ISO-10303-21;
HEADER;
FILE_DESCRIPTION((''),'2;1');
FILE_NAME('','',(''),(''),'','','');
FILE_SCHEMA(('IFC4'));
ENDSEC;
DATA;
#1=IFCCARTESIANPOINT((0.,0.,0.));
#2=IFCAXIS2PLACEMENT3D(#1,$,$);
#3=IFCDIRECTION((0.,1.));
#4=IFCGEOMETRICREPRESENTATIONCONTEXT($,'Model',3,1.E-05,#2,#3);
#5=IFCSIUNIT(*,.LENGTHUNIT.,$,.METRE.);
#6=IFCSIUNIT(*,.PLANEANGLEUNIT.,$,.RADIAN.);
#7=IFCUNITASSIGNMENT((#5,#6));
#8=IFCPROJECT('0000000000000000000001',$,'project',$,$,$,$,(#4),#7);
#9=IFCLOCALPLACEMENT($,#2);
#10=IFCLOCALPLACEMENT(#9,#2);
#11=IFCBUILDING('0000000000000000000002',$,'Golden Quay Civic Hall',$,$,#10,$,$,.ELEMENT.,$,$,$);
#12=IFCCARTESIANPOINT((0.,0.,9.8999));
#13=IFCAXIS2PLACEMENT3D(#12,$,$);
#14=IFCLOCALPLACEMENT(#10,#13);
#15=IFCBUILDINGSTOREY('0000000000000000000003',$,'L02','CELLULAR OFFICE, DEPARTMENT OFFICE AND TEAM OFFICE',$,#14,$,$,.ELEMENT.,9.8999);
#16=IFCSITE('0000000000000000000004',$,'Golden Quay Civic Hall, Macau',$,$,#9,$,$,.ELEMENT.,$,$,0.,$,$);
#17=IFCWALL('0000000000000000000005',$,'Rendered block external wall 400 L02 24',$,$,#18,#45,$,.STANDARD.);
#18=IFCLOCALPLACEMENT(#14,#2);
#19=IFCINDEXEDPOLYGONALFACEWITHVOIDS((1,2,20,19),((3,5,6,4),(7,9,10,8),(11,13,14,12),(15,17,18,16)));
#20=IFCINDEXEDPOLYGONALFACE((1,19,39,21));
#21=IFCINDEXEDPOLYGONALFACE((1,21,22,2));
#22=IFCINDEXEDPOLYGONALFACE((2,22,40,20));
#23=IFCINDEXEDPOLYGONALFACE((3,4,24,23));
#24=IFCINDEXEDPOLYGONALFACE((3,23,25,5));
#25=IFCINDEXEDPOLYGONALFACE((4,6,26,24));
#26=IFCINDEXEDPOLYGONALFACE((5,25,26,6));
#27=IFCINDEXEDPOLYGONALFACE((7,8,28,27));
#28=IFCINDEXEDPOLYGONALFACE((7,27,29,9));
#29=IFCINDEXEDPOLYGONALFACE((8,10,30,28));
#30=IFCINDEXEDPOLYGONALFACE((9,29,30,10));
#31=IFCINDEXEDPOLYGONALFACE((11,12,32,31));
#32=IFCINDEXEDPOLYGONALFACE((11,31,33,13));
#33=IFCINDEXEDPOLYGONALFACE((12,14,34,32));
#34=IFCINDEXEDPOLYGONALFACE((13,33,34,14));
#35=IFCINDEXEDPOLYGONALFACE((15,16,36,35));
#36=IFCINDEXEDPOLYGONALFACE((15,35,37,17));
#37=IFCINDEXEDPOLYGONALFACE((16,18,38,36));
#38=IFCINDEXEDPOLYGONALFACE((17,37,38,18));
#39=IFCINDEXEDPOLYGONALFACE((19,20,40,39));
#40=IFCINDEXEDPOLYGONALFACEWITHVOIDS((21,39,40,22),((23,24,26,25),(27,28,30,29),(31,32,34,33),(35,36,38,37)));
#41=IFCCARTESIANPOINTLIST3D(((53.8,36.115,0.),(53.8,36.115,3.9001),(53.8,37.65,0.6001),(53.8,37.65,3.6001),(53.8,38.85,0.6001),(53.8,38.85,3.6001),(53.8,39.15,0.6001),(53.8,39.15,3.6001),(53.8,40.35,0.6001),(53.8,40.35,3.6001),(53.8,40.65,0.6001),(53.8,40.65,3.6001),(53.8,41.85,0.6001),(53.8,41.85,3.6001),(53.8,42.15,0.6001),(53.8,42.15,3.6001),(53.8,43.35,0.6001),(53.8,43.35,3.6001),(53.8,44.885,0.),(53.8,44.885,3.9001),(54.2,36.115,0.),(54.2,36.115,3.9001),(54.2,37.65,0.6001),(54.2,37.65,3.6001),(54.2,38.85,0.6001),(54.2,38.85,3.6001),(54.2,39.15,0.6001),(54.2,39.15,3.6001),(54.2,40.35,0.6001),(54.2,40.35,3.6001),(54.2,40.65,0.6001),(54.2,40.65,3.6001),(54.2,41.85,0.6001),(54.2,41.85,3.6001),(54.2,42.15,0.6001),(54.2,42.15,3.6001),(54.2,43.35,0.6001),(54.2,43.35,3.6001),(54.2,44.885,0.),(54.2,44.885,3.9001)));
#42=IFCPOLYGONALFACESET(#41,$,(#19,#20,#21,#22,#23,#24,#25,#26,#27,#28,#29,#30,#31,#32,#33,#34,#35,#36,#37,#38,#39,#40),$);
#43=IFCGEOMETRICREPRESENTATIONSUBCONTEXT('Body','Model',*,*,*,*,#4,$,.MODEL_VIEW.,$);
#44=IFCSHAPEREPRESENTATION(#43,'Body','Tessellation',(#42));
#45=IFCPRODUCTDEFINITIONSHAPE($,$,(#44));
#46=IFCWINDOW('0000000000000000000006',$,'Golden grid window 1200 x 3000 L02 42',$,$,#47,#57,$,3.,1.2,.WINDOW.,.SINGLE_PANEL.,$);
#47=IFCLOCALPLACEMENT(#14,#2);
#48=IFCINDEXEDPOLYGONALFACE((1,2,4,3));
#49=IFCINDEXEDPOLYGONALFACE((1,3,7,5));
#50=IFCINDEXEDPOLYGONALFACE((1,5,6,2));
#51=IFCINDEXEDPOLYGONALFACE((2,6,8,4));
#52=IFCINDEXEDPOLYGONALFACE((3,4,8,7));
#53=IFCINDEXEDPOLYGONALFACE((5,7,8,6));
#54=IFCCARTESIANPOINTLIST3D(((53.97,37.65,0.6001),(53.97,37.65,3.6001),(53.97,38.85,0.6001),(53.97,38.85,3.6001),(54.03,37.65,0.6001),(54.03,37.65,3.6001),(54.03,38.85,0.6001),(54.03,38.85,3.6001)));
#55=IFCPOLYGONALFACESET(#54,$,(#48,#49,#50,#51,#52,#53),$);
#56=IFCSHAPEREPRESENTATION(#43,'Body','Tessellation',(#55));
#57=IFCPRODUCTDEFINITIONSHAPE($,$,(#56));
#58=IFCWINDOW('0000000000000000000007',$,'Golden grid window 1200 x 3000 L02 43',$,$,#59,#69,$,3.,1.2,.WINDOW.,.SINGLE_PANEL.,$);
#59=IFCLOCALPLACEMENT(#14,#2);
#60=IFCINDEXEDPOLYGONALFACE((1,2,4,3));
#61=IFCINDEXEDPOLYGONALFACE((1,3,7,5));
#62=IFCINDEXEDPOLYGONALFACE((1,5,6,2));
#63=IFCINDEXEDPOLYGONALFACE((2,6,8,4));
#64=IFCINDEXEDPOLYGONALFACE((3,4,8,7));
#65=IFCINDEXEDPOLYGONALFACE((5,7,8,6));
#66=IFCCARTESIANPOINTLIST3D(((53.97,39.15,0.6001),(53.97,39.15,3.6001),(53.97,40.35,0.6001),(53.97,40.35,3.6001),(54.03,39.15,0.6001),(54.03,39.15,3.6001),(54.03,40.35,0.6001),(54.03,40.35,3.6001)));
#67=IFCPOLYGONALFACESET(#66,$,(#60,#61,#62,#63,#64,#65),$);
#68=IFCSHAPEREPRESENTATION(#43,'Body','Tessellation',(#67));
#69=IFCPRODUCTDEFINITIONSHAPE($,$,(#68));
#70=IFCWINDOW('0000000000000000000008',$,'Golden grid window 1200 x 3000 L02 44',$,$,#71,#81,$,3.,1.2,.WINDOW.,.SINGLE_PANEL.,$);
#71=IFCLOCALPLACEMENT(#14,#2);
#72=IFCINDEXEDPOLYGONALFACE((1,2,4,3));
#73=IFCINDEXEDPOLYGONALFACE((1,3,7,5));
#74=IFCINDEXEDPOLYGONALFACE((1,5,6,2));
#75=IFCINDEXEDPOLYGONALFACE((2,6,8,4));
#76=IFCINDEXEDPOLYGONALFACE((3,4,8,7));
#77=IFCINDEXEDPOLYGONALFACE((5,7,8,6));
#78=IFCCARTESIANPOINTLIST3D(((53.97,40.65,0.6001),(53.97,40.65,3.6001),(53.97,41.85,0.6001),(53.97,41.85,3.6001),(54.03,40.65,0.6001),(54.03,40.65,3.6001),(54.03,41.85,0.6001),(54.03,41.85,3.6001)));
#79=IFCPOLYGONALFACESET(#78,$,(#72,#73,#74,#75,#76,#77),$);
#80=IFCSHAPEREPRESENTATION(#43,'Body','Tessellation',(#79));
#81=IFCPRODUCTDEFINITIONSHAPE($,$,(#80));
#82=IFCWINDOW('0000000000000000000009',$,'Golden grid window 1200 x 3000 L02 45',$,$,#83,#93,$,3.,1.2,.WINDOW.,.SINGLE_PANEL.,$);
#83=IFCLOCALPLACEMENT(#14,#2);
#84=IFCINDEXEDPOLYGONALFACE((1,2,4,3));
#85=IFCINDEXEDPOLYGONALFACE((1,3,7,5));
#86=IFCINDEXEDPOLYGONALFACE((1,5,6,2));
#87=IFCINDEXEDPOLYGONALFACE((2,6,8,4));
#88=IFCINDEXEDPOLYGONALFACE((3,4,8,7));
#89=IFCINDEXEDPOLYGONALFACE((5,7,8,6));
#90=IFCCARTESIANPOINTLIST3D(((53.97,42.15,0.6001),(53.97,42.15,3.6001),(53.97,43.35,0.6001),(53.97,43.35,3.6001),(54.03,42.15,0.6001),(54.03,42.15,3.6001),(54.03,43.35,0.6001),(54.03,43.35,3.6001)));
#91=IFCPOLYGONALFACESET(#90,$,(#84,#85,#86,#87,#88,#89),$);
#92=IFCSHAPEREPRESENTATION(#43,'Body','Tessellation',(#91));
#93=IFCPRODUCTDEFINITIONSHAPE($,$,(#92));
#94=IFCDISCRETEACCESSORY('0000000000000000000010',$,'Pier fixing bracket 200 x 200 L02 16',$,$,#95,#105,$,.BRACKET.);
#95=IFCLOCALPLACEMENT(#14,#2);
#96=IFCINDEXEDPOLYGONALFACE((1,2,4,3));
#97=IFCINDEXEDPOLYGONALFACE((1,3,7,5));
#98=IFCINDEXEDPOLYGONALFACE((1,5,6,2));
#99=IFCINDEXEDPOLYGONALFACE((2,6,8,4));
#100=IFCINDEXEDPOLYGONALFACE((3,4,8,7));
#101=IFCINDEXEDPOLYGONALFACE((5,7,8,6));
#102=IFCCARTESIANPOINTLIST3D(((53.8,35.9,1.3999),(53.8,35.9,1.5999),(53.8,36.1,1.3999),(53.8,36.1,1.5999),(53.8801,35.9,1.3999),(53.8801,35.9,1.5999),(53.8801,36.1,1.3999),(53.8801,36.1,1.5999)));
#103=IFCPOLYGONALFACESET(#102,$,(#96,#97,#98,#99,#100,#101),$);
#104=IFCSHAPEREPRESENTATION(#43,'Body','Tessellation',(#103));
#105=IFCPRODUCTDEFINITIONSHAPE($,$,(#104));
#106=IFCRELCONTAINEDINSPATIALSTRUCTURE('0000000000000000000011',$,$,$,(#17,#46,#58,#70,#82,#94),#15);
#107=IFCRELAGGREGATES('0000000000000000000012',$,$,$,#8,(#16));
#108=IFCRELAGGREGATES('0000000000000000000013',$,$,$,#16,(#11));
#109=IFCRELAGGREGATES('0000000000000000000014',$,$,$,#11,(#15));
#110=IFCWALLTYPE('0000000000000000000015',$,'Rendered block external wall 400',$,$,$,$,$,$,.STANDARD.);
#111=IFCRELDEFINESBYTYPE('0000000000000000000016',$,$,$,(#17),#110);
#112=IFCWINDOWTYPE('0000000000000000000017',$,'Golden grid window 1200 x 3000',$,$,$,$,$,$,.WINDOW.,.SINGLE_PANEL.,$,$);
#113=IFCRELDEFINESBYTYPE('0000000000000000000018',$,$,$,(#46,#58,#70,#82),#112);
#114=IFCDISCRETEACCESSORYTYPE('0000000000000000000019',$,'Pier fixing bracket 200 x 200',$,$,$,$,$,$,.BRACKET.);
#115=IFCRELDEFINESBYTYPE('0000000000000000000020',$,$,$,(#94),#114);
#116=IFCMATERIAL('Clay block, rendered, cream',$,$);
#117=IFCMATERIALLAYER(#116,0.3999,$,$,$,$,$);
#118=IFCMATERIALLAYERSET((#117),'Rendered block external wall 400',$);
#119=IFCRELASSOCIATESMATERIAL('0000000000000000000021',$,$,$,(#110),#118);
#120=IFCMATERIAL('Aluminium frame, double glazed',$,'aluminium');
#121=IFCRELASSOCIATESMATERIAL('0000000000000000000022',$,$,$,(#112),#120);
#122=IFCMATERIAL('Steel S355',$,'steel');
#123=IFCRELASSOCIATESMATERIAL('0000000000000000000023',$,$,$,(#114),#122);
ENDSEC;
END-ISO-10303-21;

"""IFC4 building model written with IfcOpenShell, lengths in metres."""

from ifc_helpers import new_model, si_unit, direction, frame, frame_2d, origin, origin_2d, place, context, subcontext, project, spatial, rectangle, extrude, material, layer, layer_set, type_object, element, fill, save


model = new_model("IFC4")

# Units and contexts
model_context = context("Model", 3, precision=1e-05, world=origin(), true_north=direction((0.0, 1.0)))
body_context = subcontext(model_context, "Body", "Model", "MODEL_VIEW")
ifc_project = project(units=[si_unit("LENGTHUNIT", "METRE"), si_unit("PLANEANGLEUNIT", "RADIAN")], contexts=[model_context])

# Site, building, storey
site_placement = place(None, origin())
site = spatial("IfcSite", under=ifc_project, at=site_placement, Name="Golden Quay Civic Hall, Macau", CompositionType="ELEMENT", RefElevation=0.0)
building_placement = place(site_placement, origin())
building = spatial("IfcBuilding", under=site, at=building_placement, Name="Golden Quay Civic Hall", CompositionType="ELEMENT")
storey_placement = place(building_placement, frame((0.0, 0.0, 9.8999)))
storey = spatial("IfcBuildingStorey", under=building, at=storey_placement, Name="L02", Description="CELLULAR OFFICE, DEPARTMENT OFFICE AND TEAM OFFICE", CompositionType="ELEMENT", Elevation=9.8999)

# Shared definitions
ifc_material_1 = material(Name="Clay block, rendered, cream")
ifc_layer_1 = layer(ifc_material_1, 0.3999)
ifc_layer_set_1 = layer_set([ifc_layer_1], Name="Rendered block external wall 400")
wall_type_1 = type_object("IfcWallType", Name="Rendered block external wall 400", PredefinedType="STANDARD", material=ifc_layer_set_1)

# Wall, openings, windows
wall_1_placement = place(storey_placement, frame((54.0, 36.115, 0.0), z_axis=(0.0, 0.0, 1.0), x_axis=(0.0, 1.0, 0.0)))
wall_1 = element("IfcWall", 1, at=wall_1_placement, inside=storey, type_object=wall_type_1, Name="Rendered block external wall 400 L02 24", PredefinedType="STANDARD", context=body_context, shape_type="SweptSolid", body=[
    extrude(rectangle(XDim=8.77, YDim=0.3999, at=frame_2d((4.385, 0.0))), origin(), (0.0, 0.0, 1.0), 3.9001),
])
opening_1_placement = place(wall_1_placement, frame((1.5349, 0.0, 0.6001)))
opening_1 = element("IfcOpeningElement", 2, at=opening_1_placement, cuts=wall_1, PredefinedType="OPENING", context=body_context, shape_type="SweptSolid", body=[
    extrude(rectangle(XDim=1.2, YDim=3.0, at=frame_2d((0.6001, 1.5))), frame((0.0, 0.21, 0.0), z_axis=(0.0, -1.0, 0.0), x_axis=(1.0, 0.0, 0.0)), (0.0, 0.0, 1.0), 0.4199),
])
opening_2_placement = place(wall_1_placement, frame((3.0349, 0.0, 0.6001)))
opening_2 = element("IfcOpeningElement", 3, at=opening_2_placement, cuts=wall_1, PredefinedType="OPENING", context=body_context, shape_type="SweptSolid", body=[
    extrude(rectangle(XDim=1.2, YDim=3.0, at=frame_2d((0.6001, 1.5))), frame((0.0, 0.21, 0.0), z_axis=(0.0, -1.0, 0.0), x_axis=(1.0, 0.0, 0.0)), (0.0, 0.0, 1.0), 0.4199),
])
opening_3_placement = place(wall_1_placement, frame((4.5349, 0.0, 0.6001)))
opening_3 = element("IfcOpeningElement", 4, at=opening_3_placement, cuts=wall_1, PredefinedType="OPENING", context=body_context, shape_type="SweptSolid", body=[
    extrude(rectangle(XDim=1.2, YDim=3.0, at=frame_2d((0.6001, 1.5))), frame((0.0, 0.21, 0.0), z_axis=(0.0, -1.0, 0.0), x_axis=(1.0, 0.0, 0.0)), (0.0, 0.0, 1.0), 0.4199),
])
opening_4_placement = place(wall_1_placement, frame((6.0349, 0.0, 0.6001)))
opening_4 = element("IfcOpeningElement", 5, at=opening_4_placement, cuts=wall_1, PredefinedType="OPENING", context=body_context, shape_type="SweptSolid", body=[
    extrude(rectangle(XDim=1.2, YDim=3.0, at=frame_2d((0.6001, 1.5))), frame((0.0, 0.21, 0.0), z_axis=(0.0, -1.0, 0.0), x_axis=(1.0, 0.0, 0.0)), (0.0, 0.0, 1.0), 0.4199),
])
ifc_material_2 = material(Name="Aluminium frame, double glazed", Category="aluminium")
window_type = type_object("IfcWindowType", Name="Golden grid window 1200 x 3000", PartitioningType="SINGLE_PANEL", PredefinedType="WINDOW", material=ifc_material_2)
window_1_placement = place(opening_1_placement, origin())
window_1 = element("IfcWindow", 6, at=window_1_placement, inside=storey, type_object=window_type, Name="Golden grid window 1200 x 3000 L02 42", OverallHeight=3.0, OverallWidth=1.2, PartitioningType="SINGLE_PANEL", PredefinedType="WINDOW", context=body_context, shape_type="SweptSolid", body=[
    extrude(rectangle(XDim=1.2, YDim=3.0, at=frame_2d((0.6001, 1.5))), frame((0.0, 0.03, 0.0), z_axis=(0.0, -1.0, 0.0), x_axis=(1.0, 0.0, 0.0)), (0.0, 0.0, 1.0), 0.0601),
])
fill(opening_1, window_1)
window_2_placement = place(opening_2_placement, origin())
window_2 = element("IfcWindow", 7, at=window_2_placement, inside=storey, type_object=window_type, Name="Golden grid window 1200 x 3000 L02 43", OverallHeight=3.0, OverallWidth=1.2, PartitioningType="SINGLE_PANEL", PredefinedType="WINDOW", context=body_context, shape_type="SweptSolid", body=[
    extrude(rectangle(XDim=1.2, YDim=3.0, at=frame_2d((0.6001, 1.5))), frame((0.0, 0.03, 0.0), z_axis=(0.0, -1.0, 0.0), x_axis=(1.0, 0.0, 0.0)), (0.0, 0.0, 1.0), 0.0601),
])
fill(opening_2, window_2)
window_3_placement = place(opening_3_placement, origin())
window_3 = element("IfcWindow", 8, at=window_3_placement, inside=storey, type_object=window_type, Name="Golden grid window 1200 x 3000 L02 44", OverallHeight=3.0, OverallWidth=1.2, PartitioningType="SINGLE_PANEL", PredefinedType="WINDOW", context=body_context, shape_type="SweptSolid", body=[
    extrude(rectangle(XDim=1.2, YDim=3.0, at=frame_2d((0.6001, 1.5))), frame((0.0, 0.03, 0.0), z_axis=(0.0, -1.0, 0.0), x_axis=(1.0, 0.0, 0.0)), (0.0, 0.0, 1.0), 0.0601),
])
fill(opening_3, window_3)
window_4_placement = place(opening_4_placement, origin())
window_4 = element("IfcWindow", 9, at=window_4_placement, inside=storey, type_object=window_type, Name="Golden grid window 1200 x 3000 L02 45", OverallHeight=3.0, OverallWidth=1.2, PartitioningType="SINGLE_PANEL", PredefinedType="WINDOW", context=body_context, shape_type="SweptSolid", body=[
    extrude(rectangle(XDim=1.2, YDim=3.0, at=frame_2d((0.6001, 1.5))), frame((0.0, 0.03, 0.0), z_axis=(0.0, -1.0, 0.0), x_axis=(1.0, 0.0, 0.0)), (0.0, 0.0, 1.0), 0.0601),
])
fill(opening_4, window_4)

# Discrete accessory
ifc_material_3 = material(Name="Steel S355", Category="steel")
discrete_accessory_type = type_object("IfcDiscreteAccessoryType", Name="Pier fixing bracket 200 x 200", PredefinedType="BRACKET", material=ifc_material_3)
discrete_accessory_placement = place(storey_placement, frame((53.8401, 36.0, 1.3999), z_axis=(0.0, 0.0, 1.0), x_axis=(0.0, -1.0, 0.0)))
element("IfcDiscreteAccessory", 10, at=discrete_accessory_placement, inside=storey, type_object=discrete_accessory_type, Name="Pier fixing bracket 200 x 200 L02 16", PredefinedType="BRACKET", context=body_context, shape_type="SweptSolid", body=[
    extrude(rectangle(XDim=0.2, YDim=0.0801, at=origin_2d()), origin(), (0.0, 0.0, 1.0), 0.2),
])

save(model, "model.ifc")
